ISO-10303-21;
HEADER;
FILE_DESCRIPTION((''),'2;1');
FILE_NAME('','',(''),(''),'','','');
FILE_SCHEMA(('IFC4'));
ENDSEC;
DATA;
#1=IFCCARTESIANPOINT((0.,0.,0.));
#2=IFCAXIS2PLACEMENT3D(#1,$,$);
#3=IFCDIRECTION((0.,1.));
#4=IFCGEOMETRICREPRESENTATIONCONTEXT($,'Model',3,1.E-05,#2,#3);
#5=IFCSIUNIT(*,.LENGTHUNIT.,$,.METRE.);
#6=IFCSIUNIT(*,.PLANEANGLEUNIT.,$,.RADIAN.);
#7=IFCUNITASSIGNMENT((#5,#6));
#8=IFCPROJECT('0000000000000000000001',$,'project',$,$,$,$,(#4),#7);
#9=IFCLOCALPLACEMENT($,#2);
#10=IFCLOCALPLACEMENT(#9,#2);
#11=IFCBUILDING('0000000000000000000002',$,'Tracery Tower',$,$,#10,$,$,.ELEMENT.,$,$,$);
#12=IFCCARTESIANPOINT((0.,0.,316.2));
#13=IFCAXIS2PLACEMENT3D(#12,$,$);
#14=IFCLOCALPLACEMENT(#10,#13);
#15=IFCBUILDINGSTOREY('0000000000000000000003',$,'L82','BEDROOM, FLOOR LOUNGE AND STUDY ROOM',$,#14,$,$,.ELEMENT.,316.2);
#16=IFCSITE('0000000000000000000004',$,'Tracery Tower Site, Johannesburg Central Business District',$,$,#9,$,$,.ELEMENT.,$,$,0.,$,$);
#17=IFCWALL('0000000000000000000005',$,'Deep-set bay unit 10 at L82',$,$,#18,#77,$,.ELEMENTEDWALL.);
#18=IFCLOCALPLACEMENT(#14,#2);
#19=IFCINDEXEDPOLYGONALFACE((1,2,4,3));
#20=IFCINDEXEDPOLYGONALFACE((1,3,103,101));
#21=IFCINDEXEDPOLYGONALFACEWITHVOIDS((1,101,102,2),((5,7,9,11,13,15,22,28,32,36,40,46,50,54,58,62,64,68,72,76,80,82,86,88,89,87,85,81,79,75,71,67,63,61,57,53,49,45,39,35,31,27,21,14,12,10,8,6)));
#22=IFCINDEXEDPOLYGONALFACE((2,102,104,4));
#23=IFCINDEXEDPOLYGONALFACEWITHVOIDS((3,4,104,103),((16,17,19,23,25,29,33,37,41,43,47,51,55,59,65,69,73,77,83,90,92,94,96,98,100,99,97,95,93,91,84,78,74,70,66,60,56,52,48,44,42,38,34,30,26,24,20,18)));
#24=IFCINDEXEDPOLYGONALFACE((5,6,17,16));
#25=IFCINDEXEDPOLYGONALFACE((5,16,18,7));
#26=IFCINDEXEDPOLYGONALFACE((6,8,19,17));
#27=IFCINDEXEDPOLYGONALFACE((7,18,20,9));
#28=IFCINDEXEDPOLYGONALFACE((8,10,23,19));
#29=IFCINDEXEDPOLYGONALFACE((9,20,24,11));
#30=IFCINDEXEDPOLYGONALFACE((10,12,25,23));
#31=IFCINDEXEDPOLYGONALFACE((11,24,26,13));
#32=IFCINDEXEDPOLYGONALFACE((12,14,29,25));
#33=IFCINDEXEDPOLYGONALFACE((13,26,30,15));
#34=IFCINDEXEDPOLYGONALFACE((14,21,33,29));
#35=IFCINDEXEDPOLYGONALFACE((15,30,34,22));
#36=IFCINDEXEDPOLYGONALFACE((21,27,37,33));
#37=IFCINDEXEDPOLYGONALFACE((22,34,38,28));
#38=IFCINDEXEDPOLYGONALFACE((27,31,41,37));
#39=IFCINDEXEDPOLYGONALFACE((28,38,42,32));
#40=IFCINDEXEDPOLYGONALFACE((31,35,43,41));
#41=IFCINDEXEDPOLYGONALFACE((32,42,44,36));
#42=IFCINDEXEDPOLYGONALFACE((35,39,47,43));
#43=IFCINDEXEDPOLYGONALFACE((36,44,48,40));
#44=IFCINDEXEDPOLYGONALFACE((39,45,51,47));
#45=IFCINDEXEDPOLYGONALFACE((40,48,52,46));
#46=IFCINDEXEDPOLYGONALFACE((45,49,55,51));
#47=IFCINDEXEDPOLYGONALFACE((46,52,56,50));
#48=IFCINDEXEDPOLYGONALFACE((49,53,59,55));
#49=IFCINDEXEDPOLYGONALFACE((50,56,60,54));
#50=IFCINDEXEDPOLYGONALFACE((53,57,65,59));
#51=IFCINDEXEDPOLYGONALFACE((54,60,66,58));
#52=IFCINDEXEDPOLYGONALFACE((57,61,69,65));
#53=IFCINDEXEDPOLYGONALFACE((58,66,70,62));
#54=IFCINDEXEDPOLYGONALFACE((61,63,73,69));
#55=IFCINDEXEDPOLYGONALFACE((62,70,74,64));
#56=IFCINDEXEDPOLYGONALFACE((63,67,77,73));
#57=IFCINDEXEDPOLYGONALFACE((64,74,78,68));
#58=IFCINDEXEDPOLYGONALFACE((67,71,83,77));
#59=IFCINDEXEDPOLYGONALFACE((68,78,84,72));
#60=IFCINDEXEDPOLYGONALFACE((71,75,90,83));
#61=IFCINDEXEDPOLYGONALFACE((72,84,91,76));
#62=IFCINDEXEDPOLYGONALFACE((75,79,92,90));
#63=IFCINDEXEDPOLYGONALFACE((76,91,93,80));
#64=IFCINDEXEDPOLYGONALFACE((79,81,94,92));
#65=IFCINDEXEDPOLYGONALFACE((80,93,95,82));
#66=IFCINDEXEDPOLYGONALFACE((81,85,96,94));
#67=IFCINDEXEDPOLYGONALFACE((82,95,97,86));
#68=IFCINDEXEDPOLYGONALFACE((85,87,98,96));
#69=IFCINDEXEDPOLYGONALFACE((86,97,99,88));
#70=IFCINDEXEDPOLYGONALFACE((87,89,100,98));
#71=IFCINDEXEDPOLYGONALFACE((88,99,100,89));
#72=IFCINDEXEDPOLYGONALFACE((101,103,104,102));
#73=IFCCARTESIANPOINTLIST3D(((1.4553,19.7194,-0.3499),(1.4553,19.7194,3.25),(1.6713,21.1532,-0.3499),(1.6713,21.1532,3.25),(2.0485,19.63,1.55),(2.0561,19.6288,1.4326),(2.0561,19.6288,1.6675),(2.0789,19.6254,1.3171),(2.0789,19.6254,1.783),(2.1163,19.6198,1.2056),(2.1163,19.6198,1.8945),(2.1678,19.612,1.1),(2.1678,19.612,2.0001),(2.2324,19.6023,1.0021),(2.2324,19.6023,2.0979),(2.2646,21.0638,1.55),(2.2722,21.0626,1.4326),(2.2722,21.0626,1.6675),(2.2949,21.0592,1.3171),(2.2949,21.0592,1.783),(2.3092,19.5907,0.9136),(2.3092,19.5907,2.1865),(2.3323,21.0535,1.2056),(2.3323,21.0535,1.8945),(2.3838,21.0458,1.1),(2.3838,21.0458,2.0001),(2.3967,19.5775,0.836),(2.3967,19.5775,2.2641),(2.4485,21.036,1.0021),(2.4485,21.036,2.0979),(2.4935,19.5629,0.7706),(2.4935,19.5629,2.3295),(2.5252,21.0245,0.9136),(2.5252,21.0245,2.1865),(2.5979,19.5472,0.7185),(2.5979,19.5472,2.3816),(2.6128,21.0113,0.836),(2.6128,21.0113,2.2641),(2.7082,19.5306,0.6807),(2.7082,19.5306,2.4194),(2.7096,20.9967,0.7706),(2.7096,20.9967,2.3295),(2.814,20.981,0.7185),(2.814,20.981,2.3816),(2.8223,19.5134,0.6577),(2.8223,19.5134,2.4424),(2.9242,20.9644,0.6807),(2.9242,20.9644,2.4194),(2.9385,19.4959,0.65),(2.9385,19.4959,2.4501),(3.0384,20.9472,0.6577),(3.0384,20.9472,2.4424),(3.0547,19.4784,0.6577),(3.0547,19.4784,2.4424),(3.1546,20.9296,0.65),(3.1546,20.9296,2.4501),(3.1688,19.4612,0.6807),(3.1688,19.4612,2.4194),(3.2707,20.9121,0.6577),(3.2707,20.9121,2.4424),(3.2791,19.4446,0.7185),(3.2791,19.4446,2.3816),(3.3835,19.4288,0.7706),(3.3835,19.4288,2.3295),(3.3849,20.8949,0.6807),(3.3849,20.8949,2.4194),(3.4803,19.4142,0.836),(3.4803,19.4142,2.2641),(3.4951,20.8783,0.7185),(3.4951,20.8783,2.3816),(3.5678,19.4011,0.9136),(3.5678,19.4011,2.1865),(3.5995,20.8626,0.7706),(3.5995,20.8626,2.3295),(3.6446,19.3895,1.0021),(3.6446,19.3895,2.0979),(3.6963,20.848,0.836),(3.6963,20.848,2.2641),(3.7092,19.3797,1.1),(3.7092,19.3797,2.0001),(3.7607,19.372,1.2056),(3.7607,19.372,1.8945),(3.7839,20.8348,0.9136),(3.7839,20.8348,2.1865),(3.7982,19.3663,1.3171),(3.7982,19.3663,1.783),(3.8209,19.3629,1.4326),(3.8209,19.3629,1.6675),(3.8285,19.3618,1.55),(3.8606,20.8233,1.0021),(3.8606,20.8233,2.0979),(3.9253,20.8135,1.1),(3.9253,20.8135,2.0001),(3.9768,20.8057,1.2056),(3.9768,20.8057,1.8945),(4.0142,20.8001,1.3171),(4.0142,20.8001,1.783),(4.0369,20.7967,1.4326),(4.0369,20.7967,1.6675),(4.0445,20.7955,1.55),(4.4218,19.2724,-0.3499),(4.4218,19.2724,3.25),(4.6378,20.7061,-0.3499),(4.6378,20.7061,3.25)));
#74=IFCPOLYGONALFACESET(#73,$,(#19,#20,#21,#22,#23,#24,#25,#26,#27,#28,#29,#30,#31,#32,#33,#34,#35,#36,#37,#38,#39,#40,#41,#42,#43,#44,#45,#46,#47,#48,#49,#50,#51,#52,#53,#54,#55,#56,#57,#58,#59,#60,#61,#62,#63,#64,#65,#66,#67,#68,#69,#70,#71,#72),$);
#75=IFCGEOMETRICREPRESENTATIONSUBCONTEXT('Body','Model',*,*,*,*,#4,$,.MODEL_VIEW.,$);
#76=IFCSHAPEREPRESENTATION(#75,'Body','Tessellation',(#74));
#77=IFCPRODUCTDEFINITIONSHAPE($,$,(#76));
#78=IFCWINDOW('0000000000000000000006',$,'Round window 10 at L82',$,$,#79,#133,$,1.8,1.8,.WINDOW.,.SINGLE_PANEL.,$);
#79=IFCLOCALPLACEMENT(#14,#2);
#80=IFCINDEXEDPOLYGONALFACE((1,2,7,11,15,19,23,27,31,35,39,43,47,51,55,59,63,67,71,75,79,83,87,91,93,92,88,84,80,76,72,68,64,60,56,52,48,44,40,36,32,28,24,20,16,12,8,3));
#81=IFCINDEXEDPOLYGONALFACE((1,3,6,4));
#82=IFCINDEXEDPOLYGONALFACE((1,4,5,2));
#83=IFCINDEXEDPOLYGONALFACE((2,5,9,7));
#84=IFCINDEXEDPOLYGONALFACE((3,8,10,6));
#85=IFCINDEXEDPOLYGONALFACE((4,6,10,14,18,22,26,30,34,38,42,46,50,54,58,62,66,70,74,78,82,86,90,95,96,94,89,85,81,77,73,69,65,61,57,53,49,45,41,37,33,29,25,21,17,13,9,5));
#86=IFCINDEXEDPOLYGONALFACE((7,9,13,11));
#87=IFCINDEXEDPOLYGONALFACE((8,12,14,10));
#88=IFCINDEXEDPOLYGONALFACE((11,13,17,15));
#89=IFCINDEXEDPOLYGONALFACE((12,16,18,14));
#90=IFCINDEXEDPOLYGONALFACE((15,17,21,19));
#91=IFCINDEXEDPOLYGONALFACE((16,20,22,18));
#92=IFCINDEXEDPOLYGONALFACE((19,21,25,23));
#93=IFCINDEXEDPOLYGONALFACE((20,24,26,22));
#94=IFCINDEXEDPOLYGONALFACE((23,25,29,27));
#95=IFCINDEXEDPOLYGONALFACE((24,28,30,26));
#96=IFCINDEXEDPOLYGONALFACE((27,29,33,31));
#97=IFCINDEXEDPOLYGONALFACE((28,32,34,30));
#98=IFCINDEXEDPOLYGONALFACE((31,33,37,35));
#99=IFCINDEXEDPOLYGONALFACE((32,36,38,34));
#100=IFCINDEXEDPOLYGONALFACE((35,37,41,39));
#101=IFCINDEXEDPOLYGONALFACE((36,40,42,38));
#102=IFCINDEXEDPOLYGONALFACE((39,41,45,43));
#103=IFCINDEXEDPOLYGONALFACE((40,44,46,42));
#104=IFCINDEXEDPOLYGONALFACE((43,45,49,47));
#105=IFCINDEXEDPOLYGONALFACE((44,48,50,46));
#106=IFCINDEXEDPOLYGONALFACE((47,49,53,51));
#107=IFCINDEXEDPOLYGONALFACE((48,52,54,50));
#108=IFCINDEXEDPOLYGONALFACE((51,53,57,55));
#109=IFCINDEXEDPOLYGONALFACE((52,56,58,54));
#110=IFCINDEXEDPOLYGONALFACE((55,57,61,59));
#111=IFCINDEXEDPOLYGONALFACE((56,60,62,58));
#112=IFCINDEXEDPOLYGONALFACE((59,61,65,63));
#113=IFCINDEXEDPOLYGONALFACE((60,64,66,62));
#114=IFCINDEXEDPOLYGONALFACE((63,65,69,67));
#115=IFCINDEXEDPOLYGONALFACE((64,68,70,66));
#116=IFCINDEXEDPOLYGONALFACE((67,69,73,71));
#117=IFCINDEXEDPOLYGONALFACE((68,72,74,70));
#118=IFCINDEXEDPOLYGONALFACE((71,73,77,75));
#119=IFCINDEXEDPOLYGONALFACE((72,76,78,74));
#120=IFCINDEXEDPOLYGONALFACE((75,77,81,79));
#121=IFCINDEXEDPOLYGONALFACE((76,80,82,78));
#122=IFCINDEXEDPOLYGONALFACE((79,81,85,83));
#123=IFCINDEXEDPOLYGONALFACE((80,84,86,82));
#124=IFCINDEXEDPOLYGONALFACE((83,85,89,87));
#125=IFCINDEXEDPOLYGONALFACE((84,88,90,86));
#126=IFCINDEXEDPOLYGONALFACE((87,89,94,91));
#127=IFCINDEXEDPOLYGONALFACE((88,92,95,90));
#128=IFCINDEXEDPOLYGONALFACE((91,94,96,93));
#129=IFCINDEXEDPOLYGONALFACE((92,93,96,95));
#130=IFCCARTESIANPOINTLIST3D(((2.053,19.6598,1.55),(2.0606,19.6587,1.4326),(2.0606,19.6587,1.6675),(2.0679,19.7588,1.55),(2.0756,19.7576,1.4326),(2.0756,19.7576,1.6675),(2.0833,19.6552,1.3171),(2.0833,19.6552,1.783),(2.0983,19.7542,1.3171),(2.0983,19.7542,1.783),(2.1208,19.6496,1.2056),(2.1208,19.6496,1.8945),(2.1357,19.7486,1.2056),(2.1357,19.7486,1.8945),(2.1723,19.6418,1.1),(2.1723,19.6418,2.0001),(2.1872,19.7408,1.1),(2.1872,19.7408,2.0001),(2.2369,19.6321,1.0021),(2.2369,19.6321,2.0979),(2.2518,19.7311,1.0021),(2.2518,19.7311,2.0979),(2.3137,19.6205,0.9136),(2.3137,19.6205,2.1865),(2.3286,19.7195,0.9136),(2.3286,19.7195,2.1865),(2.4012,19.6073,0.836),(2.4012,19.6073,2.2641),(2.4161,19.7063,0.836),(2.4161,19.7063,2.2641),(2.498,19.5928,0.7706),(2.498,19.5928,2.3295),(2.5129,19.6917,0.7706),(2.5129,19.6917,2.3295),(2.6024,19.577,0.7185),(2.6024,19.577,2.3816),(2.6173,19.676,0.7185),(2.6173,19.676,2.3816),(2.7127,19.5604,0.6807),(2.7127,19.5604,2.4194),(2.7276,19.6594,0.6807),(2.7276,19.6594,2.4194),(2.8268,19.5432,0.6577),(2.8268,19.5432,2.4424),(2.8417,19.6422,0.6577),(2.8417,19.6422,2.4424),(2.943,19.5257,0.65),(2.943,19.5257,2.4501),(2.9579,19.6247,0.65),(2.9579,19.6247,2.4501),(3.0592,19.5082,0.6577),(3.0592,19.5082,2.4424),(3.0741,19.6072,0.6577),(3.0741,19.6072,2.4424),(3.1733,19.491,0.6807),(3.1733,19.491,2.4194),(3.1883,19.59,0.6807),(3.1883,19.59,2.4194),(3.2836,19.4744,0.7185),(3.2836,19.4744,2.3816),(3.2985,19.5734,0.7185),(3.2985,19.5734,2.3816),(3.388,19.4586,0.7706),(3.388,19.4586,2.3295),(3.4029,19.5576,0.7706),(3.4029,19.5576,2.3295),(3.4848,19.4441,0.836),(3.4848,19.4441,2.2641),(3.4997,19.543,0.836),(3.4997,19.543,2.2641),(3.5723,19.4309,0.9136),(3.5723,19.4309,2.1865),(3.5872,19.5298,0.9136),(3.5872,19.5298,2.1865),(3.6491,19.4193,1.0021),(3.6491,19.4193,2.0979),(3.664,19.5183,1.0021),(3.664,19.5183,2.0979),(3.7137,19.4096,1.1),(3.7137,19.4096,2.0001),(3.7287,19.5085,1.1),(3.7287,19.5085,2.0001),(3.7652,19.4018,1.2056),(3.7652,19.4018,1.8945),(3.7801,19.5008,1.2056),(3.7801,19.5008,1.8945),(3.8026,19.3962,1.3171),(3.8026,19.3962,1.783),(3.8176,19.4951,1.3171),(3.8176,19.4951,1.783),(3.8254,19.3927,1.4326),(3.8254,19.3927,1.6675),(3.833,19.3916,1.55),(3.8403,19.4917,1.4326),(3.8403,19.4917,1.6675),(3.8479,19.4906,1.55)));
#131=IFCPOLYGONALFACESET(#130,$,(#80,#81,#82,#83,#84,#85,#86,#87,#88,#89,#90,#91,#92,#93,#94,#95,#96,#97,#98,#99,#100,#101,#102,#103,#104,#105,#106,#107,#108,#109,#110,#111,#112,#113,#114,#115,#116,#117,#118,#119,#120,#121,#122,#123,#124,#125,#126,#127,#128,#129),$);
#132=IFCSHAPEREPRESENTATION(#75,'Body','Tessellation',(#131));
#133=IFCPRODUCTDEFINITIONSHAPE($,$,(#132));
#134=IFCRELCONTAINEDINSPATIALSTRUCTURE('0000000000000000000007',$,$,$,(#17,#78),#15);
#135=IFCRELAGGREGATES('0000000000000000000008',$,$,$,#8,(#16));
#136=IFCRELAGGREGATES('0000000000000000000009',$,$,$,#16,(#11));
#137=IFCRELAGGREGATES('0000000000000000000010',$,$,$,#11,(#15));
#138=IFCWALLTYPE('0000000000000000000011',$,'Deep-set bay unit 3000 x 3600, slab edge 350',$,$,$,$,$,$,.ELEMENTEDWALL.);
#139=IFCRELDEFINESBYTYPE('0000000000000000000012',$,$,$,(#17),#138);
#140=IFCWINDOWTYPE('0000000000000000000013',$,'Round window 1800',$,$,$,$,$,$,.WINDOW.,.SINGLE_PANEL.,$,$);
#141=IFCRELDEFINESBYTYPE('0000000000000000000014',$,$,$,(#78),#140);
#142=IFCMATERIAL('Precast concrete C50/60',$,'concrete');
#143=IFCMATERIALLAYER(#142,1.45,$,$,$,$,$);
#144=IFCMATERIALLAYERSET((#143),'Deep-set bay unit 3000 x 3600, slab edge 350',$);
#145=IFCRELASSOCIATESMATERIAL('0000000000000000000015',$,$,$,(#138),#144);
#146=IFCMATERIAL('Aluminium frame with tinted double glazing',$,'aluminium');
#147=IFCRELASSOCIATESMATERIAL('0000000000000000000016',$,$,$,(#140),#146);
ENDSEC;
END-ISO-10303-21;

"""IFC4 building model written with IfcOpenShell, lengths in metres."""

from ifc_helpers import new_model, si_unit, direction, frame, frame_2d, origin, origin_2d, place, context, subcontext, project, spatial, rectangle, circle, extrude, material, layer, layer_set, type_object, element, fill, save


model = new_model("IFC4")

# Units and contexts
model_context = context("Model", 3, precision=1e-05, world=origin(), true_north=direction((0.0, 1.0)))
body_context = subcontext(model_context, "Body", "Model", "MODEL_VIEW")
ifc_project = project(units=[si_unit("LENGTHUNIT", "METRE"), si_unit("PLANEANGLEUNIT", "RADIAN")], contexts=[model_context])

# Site, building, storey
site_placement = place(None, origin())
site = spatial("IfcSite", under=ifc_project, at=site_placement, Name="Tracery Tower Site, Johannesburg Central Business District", CompositionType="ELEMENT", RefElevation=0.0)
building_placement = place(site_placement, origin())
building = spatial("IfcBuilding", under=site, at=building_placement, Name="Tracery Tower", CompositionType="ELEMENT")
storey_placement = place(building_placement, frame((0.0, 0.0, 316.2)))
storey = spatial("IfcBuildingStorey", under=building, at=storey_placement, Name="L82", Description="BEDROOM, FLOOR LOUNGE AND STUDY ROOM", CompositionType="ELEMENT", Elevation=316.2)

# Wall, opening, window
ifc_material_1 = material(Name="Precast concrete C50/60", Category="concrete")
ifc_layer_1 = layer(ifc_material_1, 1.45)
ifc_layer_set_1 = layer_set([ifc_layer_1], Name="Deep-set bay unit 3000 x 3600, slab edge 350")
wall_type_1 = type_object("IfcWallType", Name="Deep-set bay unit 3000 x 3600, slab edge 350", PredefinedType="ELEMENTEDWALL", material=ifc_layer_set_1)
wall_1_placement = place(storey_placement, frame((4.5298, 19.9893, -0.3499), z_axis=(0.0, 0.0, 1.0), x_axis=(-0.988836, 0.149005, 0.0)))
wall_1 = element("IfcWall", 1, at=wall_1_placement, inside=storey, type_object=wall_type_1, Name="Deep-set bay unit 10 at L82", PredefinedType="ELEMENTEDWALL", context=body_context, shape_type="SweptSolid", body=[
    extrude(rectangle(XDim=3.0, YDim=1.45, at=frame_2d((1.5, 0.0))), origin(), (0.0, 0.0, 1.0), 3.5999),
])
opening_1_placement = place(wall_1_placement, frame((1.5, 0.0, 1.8999)))
opening_1 = element("IfcOpeningElement", 2, at=opening_1_placement, cuts=wall_1, PredefinedType="OPENING", context=body_context, shape_type="SweptSolid", body=[
    extrude(circle(Radius=0.9, at=origin_2d()), frame((0.0, 0.7349, 0.0), z_axis=(0.0, -1.0, 0.0), x_axis=(1.0, 0.0, 0.0)), (0.0, 0.0, 1.0), 1.47),
])
ifc_material_2 = material(Name="Aluminium frame with tinted double glazing", Category="aluminium")
window_type = type_object("IfcWindowType", Name="Round window 1800", PartitioningType="SINGLE_PANEL", PredefinedType="WINDOW", material=ifc_material_2)
window_1_placement = place(opening_1_placement, origin())
window_1 = element("IfcWindow", 3, at=window_1_placement, inside=storey, type_object=window_type, Name="Round window 10 at L82", OverallHeight=1.8, OverallWidth=1.8, PartitioningType="SINGLE_PANEL", PredefinedType="WINDOW", context=body_context, shape_type="SweptSolid", body=[
    extrude(circle(Radius=0.9, at=origin_2d()), frame((0.0, 0.6948, 0.0), z_axis=(0.0, -1.0, 0.0), x_axis=(1.0, 0.0, 0.0)), (0.0, 0.0, 1.0), 0.1001),
])
fill(opening_1, window_1)

save(model, "model.ifc")
